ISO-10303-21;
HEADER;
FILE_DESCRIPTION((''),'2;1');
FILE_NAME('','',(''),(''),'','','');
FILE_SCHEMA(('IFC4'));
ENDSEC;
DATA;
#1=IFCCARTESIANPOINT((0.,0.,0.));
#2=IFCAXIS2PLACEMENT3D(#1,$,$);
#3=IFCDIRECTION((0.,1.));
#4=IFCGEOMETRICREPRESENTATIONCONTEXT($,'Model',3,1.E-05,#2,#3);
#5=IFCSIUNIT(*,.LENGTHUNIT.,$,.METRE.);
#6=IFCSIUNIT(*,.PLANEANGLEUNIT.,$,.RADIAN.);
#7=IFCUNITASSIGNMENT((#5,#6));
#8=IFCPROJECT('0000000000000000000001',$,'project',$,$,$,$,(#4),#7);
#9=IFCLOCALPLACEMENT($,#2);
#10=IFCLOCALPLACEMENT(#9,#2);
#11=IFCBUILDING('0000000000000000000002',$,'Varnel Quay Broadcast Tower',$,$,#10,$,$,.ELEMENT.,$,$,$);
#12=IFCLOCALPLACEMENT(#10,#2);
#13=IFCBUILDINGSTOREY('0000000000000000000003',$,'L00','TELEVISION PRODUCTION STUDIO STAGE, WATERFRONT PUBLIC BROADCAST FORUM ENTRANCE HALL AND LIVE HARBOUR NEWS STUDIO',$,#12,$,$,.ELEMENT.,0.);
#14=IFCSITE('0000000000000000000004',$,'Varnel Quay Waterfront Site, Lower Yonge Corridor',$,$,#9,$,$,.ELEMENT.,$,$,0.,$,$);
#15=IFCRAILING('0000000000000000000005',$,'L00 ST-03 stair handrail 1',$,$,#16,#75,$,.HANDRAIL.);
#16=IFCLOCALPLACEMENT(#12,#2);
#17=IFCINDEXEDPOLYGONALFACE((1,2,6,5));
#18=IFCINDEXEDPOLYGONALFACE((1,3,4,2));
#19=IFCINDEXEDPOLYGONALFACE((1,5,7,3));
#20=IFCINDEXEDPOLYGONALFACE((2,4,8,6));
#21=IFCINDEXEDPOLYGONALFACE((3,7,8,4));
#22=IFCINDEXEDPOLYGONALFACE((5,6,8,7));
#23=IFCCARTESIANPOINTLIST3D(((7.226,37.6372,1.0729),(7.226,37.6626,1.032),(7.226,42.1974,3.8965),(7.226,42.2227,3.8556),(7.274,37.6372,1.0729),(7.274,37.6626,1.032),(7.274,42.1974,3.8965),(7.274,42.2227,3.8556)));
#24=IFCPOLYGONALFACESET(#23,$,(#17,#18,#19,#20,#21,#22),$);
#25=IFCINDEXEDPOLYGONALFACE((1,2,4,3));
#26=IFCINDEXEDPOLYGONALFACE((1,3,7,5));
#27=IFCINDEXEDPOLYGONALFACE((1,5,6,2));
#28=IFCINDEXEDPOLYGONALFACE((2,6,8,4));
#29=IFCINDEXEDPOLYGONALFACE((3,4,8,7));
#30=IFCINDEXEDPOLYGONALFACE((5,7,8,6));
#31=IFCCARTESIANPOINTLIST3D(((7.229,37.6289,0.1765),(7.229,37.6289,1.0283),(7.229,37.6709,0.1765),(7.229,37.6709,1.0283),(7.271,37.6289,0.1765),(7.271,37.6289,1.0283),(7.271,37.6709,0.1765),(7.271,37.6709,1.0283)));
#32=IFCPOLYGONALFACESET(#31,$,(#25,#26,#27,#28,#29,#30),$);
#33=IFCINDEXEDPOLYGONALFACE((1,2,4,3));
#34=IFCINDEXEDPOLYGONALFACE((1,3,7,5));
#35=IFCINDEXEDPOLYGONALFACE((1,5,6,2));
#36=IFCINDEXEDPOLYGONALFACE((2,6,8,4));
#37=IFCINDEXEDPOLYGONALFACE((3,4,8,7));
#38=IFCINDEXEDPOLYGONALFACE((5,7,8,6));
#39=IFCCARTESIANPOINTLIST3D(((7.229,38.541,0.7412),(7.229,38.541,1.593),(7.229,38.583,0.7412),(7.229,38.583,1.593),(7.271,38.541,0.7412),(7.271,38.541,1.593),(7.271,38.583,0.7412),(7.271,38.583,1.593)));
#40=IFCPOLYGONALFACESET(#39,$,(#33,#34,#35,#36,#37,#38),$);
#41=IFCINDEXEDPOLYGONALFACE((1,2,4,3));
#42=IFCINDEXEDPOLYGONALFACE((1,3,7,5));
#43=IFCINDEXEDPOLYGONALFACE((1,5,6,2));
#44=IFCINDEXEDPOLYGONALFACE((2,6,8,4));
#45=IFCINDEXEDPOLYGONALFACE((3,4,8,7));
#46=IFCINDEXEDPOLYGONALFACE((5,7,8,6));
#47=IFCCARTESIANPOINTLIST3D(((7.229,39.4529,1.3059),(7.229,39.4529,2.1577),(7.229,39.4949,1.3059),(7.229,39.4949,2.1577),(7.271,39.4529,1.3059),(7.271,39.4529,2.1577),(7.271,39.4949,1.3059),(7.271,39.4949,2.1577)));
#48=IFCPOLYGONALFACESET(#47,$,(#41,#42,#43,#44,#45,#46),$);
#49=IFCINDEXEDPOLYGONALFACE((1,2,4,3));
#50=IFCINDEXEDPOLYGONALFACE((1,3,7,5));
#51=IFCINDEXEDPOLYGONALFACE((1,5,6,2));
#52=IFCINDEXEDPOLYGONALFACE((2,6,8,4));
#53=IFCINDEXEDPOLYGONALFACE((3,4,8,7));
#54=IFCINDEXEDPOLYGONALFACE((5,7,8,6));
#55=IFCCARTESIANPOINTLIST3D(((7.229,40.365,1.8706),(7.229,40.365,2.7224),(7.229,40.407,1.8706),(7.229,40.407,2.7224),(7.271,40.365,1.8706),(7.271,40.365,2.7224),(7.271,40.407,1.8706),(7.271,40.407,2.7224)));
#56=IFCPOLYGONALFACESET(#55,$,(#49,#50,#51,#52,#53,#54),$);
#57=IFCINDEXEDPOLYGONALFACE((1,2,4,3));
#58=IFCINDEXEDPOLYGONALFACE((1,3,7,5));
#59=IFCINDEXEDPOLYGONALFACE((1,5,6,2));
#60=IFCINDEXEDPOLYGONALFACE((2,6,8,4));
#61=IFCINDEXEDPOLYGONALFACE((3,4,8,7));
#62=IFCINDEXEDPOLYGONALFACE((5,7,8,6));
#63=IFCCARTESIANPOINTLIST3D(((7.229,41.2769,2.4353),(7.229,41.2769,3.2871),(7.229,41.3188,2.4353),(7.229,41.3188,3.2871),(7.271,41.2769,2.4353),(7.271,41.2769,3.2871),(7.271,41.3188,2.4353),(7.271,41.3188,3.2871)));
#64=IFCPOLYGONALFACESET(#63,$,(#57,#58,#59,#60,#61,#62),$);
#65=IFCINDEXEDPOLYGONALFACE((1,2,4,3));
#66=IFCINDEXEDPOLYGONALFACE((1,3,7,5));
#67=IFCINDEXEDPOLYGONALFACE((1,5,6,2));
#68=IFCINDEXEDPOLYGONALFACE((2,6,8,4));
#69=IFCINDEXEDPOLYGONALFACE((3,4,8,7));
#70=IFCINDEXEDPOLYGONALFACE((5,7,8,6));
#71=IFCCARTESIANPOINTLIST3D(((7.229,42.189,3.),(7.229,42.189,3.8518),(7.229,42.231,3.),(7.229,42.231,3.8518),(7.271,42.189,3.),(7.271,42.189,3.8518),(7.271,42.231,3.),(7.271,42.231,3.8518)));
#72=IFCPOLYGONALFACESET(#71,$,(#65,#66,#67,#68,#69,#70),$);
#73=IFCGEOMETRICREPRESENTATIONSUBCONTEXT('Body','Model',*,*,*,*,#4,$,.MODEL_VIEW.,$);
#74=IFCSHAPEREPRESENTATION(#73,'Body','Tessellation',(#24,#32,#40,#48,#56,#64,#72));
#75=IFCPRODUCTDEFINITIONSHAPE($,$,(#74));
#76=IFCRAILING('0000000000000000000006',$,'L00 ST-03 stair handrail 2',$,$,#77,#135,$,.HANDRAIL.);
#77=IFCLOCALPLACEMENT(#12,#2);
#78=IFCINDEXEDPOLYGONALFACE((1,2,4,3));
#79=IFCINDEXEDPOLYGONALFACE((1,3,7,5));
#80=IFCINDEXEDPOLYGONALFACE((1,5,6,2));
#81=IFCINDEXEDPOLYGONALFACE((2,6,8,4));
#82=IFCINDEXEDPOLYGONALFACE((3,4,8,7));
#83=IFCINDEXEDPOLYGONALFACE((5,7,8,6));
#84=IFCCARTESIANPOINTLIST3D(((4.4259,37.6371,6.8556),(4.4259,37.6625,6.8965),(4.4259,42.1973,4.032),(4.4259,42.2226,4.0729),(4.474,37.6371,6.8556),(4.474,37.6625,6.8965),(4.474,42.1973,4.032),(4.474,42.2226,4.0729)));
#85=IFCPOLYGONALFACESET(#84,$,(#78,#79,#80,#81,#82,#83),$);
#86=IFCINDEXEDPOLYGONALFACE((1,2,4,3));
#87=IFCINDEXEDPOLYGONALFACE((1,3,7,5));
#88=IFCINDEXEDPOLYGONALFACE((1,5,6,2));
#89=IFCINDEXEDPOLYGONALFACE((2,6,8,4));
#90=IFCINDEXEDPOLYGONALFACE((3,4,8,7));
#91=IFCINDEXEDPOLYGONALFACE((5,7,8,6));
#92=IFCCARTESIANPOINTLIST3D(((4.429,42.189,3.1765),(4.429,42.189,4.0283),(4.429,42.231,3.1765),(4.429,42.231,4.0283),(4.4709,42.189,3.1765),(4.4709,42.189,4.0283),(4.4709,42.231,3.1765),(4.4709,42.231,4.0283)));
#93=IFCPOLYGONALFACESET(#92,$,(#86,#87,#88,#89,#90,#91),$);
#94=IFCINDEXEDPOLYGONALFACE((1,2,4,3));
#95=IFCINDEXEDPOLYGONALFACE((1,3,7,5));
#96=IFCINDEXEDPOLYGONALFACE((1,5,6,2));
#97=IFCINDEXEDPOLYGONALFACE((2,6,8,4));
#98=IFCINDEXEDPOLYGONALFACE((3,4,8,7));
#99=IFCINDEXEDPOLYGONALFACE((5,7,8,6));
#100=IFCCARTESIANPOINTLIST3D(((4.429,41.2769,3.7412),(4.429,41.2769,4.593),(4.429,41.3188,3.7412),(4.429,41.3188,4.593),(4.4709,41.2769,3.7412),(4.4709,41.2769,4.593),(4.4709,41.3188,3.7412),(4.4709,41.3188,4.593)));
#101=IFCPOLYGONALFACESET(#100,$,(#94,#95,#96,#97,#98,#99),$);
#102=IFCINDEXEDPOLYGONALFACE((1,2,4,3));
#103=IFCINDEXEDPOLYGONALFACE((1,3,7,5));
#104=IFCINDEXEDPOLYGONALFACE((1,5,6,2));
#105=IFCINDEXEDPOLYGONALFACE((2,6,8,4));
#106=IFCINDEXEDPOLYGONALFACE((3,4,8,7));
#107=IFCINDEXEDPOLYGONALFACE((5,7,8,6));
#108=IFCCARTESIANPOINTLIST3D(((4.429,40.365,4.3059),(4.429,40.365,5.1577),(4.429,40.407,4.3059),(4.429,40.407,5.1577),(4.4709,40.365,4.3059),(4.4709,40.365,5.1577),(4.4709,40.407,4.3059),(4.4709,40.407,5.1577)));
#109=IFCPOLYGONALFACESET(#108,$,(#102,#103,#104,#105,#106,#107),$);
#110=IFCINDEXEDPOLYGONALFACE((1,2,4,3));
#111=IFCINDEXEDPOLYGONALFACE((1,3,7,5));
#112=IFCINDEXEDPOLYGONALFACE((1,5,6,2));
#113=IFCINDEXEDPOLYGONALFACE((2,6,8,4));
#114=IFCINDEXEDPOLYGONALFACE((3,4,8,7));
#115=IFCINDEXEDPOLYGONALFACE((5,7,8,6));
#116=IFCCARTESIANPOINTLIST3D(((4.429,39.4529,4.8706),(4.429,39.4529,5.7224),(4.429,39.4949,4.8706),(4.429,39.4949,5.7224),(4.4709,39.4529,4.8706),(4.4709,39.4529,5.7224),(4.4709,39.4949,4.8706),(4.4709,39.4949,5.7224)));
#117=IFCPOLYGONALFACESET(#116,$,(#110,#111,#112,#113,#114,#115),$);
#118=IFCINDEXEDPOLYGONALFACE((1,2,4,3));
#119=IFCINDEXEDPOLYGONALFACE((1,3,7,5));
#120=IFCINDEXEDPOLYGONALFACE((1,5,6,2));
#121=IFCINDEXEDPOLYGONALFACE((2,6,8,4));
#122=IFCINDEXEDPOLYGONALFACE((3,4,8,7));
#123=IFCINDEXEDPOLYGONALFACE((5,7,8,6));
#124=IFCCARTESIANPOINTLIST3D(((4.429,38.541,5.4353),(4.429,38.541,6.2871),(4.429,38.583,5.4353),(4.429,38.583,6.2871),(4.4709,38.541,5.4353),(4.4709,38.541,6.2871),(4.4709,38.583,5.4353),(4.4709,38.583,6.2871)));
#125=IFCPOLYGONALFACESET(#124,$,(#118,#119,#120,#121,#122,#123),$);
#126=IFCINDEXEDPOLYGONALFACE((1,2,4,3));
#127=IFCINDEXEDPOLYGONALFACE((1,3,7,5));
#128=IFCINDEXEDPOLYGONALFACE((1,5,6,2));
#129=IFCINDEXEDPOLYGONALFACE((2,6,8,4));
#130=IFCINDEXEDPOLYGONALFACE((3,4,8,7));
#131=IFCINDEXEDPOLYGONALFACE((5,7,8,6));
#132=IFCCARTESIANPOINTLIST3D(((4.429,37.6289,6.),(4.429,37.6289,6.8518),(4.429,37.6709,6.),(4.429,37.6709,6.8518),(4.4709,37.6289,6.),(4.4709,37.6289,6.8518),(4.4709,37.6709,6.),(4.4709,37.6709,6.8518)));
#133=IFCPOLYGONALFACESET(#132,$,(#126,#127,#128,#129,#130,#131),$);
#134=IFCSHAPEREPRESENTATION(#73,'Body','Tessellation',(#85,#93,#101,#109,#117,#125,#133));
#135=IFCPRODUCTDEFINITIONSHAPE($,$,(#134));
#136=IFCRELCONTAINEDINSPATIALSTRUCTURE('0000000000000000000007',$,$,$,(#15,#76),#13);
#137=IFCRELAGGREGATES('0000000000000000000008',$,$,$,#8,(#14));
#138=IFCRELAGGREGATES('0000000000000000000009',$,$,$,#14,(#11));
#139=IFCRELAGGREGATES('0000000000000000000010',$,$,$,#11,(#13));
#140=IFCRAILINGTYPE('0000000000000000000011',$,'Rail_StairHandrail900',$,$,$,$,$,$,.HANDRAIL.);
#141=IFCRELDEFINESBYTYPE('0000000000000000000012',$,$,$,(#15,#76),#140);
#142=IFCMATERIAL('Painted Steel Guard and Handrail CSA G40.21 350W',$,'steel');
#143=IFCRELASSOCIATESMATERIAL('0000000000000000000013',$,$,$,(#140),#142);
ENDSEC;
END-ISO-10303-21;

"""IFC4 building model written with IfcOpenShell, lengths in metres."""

from ifc_helpers import new_model, si_unit, direction, frame, origin, origin_2d, place, context, subcontext, project, spatial, rectangle, extrude, material, type_object, element, save


model = new_model("IFC4")

# Units and contexts
model_context = context("Model", 3, precision=1e-05, world=origin(), true_north=direction((0.0, 1.0)))
body_context = subcontext(model_context, "Body", "Model", "MODEL_VIEW")
ifc_project = project(units=[si_unit("LENGTHUNIT", "METRE"), si_unit("PLANEANGLEUNIT", "RADIAN")], contexts=[model_context])

# Site, building, storey
site_placement = place(None, origin())
site = spatial("IfcSite", under=ifc_project, at=site_placement, Name="Varnel Quay Waterfront Site, Lower Yonge Corridor", CompositionType="ELEMENT", RefElevation=0.0)
building_placement = place(site_placement, origin())
building = spatial("IfcBuilding", under=site, at=building_placement, Name="Varnel Quay Broadcast Tower", CompositionType="ELEMENT")
storey_placement = place(building_placement, origin())
storey = spatial("IfcBuildingStorey", under=building, at=storey_placement, Name="L00", Description="TELEVISION PRODUCTION STUDIO STAGE, WATERFRONT PUBLIC BROADCAST FORUM ENTRANCE HALL AND LIVE HARBOUR NEWS STUDIO", CompositionType="ELEMENT", Elevation=0.0)

# Railings
ifc_material_1 = material(Name="Painted Steel Guard and Handrail CSA G40.21 350W", Category="steel")
railing_type_1 = type_object("IfcRailingType", Name="Rail_StairHandrail900", PredefinedType="HANDRAIL", material=ifc_material_1)
railing_1_placement = place(storey_placement, frame((7.25, 37.6499, 0.1765)))
element("IfcRailing", 1, at=railing_1_placement, inside=storey, type_object=railing_type_1, Name="L00 ST-03 stair handrail 1", PredefinedType="HANDRAIL", context=body_context, shape_type="SweptSolid", body=[
    extrude(rectangle(XDim=0.0481, YDim=0.0481, at=origin_2d()), frame((0.0, 0.0, 0.876), z_axis=(0.0, 0.850216, 0.526435), x_axis=(-1.0, 0.0, 0.0)), (0.0, 0.0, 1.0), 5.3635),
    extrude(rectangle(XDim=0.042, YDim=0.042, at=origin_2d()), origin(), (0.0, 0.0, 1.0), 0.8518),
    extrude(rectangle(XDim=0.042, YDim=0.042, at=origin_2d()), frame((0.0, 0.9121, 0.5647)), (0.0, 0.0, 1.0), 0.8518),
    extrude(rectangle(XDim=0.042, YDim=0.042, at=origin_2d()), frame((0.0, 1.824, 1.1294)), (0.0, 0.0, 1.0), 0.8518),
    extrude(rectangle(XDim=0.042, YDim=0.042, at=origin_2d()), frame((0.0, 2.7361, 1.6941)), (0.0, 0.0, 1.0), 0.8518),
    extrude(rectangle(XDim=0.042, YDim=0.042, at=origin_2d()), frame((0.0, 3.6479, 2.2588)), (0.0, 0.0, 1.0), 0.8518),
    extrude(rectangle(XDim=0.042, YDim=0.042, at=origin_2d()), frame((0.0, 4.5601, 2.8235)), (0.0, 0.0, 1.0), 0.8518),
])
railing_2_placement = place(storey_placement, frame((4.45, 42.21, 3.1765)))
element("IfcRailing", 2, at=railing_2_placement, inside=storey, type_object=railing_type_1, Name="L00 ST-03 stair handrail 2", PredefinedType="HANDRAIL", context=body_context, shape_type="SweptSolid", body=[
    extrude(rectangle(XDim=0.0481, YDim=0.0481, at=origin_2d()), frame((0.0, 0.0, 0.876), z_axis=(0.0, -0.850216, 0.526435), x_axis=(1.0, 0.0, 0.0)), (0.0, 0.0, 1.0), 5.3635),
    extrude(rectangle(XDim=0.042, YDim=0.042, at=origin_2d()), origin(), (0.0, 0.0, 1.0), 0.8518),
    extrude(rectangle(XDim=0.042, YDim=0.042, at=origin_2d()), frame((0.0, -0.9121, 0.5647)), (0.0, 0.0, 1.0), 0.8518),
    extrude(rectangle(XDim=0.042, YDim=0.042, at=origin_2d()), frame((0.0, -1.824, 1.1294)), (0.0, 0.0, 1.0), 0.8518),
    extrude(rectangle(XDim=0.042, YDim=0.042, at=origin_2d()), frame((0.0, -2.7361, 1.6941)), (0.0, 0.0, 1.0), 0.8518),
    extrude(rectangle(XDim=0.042, YDim=0.042, at=origin_2d()), frame((0.0, -3.6479, 2.2588)), (0.0, 0.0, 1.0), 0.8518),
    extrude(rectangle(XDim=0.042, YDim=0.042, at=origin_2d()), frame((0.0, -4.5601, 2.8235)), (0.0, 0.0, 1.0), 0.8518),
])

save(model, "model.ifc")
